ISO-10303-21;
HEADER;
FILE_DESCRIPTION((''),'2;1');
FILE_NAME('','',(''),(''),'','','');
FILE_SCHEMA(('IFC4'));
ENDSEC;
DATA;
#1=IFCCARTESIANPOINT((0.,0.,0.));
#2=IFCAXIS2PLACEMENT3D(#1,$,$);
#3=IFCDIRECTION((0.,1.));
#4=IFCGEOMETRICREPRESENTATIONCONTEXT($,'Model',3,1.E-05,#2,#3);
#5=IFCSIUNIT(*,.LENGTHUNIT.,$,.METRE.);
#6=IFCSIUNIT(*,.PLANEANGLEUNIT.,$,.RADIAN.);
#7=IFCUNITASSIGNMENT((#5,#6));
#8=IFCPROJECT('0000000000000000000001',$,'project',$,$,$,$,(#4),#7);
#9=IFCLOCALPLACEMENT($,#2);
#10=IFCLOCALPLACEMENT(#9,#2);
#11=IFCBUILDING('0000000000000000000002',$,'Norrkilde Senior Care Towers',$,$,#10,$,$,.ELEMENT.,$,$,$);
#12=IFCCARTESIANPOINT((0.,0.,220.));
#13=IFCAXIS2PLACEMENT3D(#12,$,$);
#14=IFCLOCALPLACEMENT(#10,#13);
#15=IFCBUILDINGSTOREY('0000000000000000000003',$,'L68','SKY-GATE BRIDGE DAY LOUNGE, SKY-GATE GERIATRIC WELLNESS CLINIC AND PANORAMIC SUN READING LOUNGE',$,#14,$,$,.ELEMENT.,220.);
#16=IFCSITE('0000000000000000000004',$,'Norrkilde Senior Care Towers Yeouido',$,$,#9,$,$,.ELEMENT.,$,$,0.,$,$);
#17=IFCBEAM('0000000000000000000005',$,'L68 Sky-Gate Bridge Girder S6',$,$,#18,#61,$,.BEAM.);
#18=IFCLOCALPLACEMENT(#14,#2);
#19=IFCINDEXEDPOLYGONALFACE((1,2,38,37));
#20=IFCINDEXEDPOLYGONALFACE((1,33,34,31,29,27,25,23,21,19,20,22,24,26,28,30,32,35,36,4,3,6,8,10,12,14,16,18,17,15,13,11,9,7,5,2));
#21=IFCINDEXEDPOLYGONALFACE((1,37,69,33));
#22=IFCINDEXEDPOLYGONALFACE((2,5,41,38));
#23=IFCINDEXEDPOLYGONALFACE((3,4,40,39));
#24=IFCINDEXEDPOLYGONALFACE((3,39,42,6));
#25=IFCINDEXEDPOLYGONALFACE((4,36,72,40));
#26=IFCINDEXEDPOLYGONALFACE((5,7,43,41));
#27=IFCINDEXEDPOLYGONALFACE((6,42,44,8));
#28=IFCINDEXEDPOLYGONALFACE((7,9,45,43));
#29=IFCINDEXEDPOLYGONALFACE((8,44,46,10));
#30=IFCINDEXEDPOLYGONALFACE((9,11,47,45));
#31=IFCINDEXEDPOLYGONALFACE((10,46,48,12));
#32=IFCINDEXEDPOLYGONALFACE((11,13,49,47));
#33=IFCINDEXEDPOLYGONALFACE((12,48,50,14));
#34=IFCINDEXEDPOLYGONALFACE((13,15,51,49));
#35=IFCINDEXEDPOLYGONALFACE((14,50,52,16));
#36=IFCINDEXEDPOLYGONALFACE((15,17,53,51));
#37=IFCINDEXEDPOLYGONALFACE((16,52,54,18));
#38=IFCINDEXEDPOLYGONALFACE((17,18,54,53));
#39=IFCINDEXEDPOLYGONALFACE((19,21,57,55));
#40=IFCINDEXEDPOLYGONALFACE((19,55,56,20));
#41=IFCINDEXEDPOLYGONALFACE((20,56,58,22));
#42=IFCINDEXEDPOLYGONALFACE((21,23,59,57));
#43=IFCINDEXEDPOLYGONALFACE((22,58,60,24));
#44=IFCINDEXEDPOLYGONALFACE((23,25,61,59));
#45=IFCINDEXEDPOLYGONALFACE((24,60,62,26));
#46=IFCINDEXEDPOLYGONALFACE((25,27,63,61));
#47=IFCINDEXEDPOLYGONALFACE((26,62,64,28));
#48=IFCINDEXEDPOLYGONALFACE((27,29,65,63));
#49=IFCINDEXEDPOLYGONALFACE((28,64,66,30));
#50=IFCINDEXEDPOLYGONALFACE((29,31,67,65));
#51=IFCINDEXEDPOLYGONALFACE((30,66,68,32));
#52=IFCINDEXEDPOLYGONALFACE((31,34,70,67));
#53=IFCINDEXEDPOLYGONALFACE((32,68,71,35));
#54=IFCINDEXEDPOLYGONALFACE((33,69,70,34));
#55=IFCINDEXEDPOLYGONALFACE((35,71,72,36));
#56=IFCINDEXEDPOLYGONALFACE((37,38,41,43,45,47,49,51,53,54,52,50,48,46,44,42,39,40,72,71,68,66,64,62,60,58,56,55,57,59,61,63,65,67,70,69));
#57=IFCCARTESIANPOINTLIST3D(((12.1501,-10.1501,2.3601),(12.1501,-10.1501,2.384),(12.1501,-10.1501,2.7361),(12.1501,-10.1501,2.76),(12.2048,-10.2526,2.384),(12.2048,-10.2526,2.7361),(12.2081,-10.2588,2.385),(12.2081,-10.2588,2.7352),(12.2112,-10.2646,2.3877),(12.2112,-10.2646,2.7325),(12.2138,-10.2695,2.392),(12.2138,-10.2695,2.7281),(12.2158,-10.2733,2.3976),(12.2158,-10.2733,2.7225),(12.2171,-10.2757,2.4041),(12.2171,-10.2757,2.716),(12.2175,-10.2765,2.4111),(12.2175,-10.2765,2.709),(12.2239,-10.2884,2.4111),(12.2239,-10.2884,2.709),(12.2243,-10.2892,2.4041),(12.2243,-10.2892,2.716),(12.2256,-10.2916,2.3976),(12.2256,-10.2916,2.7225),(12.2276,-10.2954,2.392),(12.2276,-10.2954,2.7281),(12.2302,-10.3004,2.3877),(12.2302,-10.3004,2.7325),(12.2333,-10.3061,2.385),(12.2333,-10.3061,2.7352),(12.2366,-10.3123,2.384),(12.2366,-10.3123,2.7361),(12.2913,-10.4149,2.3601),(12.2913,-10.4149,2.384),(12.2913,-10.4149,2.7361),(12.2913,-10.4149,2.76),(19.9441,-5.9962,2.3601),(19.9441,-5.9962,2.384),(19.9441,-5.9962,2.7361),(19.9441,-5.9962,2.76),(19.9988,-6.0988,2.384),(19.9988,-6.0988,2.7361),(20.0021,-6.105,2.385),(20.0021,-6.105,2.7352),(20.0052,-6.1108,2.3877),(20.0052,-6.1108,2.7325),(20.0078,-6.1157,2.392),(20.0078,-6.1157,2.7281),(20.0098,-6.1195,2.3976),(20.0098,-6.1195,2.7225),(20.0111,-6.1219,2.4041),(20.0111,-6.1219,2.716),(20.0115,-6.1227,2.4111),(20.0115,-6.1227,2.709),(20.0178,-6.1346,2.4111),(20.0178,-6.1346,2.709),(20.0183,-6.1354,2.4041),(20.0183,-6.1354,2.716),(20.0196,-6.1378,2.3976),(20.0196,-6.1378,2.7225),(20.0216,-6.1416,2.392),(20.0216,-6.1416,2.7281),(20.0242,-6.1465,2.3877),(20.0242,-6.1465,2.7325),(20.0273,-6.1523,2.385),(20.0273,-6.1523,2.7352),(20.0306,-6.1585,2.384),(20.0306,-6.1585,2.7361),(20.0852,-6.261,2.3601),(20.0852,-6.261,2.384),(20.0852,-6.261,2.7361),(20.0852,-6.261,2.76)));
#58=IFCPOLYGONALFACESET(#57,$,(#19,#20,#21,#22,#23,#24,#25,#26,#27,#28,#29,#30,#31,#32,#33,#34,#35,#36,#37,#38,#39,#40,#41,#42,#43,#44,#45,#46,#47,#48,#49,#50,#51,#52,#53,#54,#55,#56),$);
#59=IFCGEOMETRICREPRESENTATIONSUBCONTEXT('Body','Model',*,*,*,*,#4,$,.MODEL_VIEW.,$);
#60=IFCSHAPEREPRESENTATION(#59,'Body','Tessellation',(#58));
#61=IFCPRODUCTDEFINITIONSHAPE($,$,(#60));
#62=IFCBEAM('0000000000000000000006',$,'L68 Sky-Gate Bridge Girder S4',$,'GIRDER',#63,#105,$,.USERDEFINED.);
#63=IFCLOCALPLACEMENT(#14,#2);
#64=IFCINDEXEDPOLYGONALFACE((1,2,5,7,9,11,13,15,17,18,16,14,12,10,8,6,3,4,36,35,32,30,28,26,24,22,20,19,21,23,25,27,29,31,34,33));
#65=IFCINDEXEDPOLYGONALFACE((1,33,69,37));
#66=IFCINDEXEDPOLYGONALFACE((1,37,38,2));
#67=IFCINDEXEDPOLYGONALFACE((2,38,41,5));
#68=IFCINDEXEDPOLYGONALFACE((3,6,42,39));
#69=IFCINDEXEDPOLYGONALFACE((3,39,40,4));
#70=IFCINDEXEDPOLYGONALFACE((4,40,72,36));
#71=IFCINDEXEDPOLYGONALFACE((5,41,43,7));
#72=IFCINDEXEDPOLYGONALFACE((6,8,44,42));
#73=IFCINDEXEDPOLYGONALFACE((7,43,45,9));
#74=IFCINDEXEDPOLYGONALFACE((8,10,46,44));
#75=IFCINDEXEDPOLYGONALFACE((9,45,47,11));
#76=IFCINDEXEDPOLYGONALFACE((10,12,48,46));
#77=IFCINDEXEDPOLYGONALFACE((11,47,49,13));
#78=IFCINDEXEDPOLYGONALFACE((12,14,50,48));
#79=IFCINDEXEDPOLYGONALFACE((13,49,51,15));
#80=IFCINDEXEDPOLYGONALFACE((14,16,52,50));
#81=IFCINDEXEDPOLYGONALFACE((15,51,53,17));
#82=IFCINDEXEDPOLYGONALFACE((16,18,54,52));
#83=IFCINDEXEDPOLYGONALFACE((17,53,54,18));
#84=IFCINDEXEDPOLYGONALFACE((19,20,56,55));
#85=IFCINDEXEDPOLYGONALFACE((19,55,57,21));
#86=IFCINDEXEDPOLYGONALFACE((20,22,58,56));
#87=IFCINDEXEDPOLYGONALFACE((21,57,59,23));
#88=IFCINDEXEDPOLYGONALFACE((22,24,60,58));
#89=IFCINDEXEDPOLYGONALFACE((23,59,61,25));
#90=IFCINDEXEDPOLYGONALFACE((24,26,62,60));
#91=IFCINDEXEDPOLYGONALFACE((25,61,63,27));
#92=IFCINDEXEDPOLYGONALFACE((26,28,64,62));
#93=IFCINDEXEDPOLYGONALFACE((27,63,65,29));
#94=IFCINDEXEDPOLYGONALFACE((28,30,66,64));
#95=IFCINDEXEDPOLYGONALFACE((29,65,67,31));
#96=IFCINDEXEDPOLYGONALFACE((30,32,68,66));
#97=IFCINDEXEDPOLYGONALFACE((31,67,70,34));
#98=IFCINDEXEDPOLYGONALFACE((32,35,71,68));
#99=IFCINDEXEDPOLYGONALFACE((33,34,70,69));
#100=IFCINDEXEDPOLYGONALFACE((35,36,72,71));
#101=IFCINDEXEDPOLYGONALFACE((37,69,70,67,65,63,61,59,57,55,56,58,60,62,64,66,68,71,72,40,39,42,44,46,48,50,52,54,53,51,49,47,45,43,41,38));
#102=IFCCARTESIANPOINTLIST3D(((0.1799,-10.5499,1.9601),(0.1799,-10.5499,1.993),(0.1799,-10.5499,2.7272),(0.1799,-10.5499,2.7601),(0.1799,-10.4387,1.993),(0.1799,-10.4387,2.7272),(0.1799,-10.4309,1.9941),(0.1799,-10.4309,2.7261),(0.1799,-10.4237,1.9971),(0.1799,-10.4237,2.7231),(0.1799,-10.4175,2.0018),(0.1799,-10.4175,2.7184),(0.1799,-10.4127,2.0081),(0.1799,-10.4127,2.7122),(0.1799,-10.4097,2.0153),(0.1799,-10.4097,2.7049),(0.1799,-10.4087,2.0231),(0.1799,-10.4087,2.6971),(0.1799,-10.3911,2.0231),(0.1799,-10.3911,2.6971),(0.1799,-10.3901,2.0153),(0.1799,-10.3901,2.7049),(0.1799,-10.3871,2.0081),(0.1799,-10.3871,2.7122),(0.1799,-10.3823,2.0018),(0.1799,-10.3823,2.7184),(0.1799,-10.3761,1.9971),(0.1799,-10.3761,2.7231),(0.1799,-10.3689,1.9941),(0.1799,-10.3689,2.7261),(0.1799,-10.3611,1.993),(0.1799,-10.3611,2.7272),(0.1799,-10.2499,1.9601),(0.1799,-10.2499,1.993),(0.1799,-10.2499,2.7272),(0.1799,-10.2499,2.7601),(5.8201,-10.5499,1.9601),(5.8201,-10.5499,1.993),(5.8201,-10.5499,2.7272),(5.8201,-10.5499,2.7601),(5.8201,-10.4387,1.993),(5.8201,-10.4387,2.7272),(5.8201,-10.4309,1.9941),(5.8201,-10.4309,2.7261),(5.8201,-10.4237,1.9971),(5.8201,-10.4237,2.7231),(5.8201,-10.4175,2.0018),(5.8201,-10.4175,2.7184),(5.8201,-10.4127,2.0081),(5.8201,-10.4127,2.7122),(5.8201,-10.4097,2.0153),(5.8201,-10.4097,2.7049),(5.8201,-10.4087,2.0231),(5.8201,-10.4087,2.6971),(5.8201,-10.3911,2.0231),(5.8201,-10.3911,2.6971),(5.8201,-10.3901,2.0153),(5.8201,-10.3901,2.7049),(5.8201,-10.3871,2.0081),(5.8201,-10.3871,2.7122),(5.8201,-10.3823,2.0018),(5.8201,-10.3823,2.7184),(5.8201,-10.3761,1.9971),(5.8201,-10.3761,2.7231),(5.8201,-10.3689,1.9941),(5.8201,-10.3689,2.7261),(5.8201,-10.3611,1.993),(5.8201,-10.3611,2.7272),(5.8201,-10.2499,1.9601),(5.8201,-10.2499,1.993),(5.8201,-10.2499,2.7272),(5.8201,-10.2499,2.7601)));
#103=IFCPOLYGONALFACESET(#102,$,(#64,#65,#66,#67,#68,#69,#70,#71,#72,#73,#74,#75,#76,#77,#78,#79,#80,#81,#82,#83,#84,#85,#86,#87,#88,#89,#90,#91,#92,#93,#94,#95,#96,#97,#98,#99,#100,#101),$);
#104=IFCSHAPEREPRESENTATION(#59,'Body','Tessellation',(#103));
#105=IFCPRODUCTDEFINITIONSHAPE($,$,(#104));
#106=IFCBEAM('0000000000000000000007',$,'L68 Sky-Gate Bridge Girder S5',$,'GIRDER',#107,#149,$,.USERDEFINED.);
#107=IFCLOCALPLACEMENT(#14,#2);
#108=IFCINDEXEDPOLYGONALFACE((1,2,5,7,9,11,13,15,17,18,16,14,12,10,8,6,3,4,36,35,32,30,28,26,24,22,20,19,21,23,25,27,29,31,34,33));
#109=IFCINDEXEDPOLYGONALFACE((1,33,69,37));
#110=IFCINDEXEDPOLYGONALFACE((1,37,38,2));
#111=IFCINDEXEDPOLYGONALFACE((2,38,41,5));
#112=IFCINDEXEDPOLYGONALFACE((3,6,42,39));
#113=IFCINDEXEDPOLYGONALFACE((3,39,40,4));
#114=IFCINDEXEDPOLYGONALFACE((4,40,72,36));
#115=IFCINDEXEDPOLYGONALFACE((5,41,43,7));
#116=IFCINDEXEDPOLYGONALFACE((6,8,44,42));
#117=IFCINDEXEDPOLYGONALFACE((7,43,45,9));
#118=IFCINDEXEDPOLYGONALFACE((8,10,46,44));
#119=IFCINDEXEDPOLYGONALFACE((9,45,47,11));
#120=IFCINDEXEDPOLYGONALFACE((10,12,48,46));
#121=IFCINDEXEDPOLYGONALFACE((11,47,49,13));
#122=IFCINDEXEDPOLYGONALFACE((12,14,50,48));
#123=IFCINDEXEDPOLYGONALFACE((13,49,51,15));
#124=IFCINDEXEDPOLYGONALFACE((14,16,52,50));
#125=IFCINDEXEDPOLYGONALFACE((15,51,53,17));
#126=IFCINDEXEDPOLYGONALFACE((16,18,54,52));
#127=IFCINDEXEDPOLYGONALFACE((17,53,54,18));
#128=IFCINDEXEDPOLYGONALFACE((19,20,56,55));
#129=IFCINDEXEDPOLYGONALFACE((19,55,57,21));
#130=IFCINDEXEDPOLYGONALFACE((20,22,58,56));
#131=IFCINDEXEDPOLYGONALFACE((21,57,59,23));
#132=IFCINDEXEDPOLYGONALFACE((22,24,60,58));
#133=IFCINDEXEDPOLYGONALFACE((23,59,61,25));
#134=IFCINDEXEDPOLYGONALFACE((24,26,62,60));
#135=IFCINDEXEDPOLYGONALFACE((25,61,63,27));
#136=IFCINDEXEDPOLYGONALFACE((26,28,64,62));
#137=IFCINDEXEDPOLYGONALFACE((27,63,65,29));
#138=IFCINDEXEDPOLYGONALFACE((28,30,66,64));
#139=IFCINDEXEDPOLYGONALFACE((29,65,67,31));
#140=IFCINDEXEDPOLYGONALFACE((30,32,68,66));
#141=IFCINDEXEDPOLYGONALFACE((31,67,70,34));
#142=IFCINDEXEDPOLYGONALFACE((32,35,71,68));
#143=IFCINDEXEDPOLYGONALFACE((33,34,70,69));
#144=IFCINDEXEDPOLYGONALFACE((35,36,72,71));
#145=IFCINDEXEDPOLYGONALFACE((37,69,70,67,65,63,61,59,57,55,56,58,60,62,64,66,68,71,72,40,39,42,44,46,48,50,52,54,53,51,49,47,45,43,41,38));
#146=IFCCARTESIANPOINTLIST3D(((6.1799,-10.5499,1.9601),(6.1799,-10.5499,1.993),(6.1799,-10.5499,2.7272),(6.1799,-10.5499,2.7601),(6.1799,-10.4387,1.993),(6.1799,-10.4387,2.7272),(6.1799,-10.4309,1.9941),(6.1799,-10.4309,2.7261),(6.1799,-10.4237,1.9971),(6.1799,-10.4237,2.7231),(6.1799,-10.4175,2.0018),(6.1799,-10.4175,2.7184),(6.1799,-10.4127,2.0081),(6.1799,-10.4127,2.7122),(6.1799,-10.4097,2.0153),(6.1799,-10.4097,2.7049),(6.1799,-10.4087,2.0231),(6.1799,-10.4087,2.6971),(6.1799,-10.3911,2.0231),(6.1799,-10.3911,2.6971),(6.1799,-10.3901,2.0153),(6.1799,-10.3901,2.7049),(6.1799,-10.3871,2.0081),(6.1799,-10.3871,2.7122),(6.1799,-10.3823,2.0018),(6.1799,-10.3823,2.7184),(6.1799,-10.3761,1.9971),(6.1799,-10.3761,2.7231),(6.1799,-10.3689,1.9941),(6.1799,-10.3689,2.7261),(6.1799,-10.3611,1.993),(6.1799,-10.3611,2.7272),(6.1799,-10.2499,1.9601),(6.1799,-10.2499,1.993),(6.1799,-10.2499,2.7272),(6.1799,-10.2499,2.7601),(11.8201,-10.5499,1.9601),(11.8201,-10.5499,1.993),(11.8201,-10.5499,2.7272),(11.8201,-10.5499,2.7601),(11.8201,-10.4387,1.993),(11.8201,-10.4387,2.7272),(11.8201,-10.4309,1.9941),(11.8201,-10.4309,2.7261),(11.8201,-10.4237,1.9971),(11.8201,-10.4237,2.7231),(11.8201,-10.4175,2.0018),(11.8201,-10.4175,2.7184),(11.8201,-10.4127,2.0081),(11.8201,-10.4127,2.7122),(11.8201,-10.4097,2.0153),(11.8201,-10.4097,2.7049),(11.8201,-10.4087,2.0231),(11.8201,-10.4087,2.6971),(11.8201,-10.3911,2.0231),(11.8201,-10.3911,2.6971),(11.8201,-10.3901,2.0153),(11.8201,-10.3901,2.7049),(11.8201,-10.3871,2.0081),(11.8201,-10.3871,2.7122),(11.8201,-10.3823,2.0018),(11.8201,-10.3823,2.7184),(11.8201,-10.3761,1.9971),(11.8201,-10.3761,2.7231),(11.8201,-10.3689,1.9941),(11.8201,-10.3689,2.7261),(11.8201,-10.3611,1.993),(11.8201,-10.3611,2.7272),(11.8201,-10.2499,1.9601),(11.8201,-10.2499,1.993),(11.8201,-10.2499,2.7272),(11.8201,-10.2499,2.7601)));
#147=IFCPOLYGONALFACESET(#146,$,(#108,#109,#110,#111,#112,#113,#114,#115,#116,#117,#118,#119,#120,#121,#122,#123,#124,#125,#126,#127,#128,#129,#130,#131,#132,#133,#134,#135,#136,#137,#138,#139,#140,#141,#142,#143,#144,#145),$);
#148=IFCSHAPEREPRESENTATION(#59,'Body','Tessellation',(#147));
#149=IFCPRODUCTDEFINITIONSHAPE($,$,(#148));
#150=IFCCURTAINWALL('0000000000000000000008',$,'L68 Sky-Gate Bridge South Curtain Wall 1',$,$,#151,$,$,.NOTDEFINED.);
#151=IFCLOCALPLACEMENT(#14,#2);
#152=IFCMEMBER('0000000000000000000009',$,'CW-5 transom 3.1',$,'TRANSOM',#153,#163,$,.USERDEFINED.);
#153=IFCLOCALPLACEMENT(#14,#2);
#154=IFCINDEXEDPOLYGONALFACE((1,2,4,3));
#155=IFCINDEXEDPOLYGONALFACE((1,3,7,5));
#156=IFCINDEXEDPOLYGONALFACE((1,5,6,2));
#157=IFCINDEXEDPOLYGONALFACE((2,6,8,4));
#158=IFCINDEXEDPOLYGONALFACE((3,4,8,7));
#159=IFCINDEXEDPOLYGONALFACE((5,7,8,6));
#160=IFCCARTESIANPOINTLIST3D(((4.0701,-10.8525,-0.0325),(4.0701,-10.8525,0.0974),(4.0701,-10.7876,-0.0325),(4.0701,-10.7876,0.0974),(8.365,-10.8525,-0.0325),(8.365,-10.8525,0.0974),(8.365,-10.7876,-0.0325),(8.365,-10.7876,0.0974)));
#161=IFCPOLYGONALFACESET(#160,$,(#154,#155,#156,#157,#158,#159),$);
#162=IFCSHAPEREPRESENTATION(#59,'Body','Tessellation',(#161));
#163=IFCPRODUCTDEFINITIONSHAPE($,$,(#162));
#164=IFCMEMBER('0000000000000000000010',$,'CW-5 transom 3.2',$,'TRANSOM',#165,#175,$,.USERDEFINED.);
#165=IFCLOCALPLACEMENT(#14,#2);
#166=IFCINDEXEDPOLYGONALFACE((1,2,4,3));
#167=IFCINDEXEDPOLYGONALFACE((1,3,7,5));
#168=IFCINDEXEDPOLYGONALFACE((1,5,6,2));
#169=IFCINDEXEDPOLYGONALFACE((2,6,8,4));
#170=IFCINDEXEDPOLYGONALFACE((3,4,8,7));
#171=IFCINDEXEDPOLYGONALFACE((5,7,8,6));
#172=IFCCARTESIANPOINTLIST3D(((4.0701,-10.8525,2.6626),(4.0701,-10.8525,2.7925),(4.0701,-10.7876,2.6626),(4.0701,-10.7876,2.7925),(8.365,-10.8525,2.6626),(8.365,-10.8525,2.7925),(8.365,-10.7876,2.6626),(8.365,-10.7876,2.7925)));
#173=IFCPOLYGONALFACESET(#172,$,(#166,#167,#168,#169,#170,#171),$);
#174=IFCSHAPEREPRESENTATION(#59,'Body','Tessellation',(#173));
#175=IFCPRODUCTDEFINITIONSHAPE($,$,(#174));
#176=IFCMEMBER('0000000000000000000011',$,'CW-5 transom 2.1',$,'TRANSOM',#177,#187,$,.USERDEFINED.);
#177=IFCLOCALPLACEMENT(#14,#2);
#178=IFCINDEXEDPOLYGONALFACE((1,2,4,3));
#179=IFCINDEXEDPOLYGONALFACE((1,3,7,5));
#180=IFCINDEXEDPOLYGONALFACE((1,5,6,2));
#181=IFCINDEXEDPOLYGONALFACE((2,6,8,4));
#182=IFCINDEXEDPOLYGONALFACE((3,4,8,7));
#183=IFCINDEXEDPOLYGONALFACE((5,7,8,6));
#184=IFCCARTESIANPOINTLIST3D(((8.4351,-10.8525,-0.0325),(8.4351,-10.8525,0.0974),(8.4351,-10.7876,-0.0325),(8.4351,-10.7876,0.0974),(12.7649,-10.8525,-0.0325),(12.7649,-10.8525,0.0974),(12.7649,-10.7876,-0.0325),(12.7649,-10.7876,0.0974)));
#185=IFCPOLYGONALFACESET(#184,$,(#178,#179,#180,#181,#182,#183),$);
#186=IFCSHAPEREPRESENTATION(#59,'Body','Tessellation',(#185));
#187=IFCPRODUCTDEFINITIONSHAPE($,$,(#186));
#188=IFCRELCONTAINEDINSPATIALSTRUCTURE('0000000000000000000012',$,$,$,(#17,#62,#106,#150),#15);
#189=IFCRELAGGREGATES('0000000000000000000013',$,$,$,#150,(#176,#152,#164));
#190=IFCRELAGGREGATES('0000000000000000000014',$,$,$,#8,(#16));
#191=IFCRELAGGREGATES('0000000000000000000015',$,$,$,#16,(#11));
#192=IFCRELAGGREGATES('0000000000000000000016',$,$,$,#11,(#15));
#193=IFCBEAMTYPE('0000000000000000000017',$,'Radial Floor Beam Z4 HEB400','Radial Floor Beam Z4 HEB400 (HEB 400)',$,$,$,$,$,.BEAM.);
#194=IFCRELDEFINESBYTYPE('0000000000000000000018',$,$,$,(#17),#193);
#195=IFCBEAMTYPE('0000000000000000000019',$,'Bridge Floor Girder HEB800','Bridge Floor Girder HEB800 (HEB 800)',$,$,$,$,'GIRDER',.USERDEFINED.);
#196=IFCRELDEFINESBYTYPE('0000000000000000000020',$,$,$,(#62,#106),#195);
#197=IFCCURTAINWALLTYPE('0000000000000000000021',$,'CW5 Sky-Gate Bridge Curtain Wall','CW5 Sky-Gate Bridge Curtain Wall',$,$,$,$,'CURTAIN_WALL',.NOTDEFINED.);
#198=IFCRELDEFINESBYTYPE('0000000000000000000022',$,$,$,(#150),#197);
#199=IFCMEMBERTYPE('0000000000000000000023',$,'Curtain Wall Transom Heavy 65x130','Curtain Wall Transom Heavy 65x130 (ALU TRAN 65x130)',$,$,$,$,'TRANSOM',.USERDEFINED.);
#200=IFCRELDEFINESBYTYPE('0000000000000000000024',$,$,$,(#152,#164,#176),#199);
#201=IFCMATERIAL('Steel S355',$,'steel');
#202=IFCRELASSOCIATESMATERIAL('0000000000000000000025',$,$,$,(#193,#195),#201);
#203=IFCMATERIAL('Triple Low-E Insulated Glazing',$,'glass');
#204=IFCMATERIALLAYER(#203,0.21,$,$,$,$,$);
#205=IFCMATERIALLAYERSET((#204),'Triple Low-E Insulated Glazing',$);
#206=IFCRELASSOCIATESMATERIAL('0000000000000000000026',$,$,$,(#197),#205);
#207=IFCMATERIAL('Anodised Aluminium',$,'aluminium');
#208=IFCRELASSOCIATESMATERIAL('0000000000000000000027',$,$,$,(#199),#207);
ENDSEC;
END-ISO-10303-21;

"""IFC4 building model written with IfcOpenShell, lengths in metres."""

from ifc_helpers import new_model, si_unit, direction, frame, origin, origin_2d, place, context, subcontext, project, spatial, rectangle, i_section, extrude, source, transform, mapped, material, layer, layer_set, material_profile, profile_set, type_object, type_shapes, element, aggregate, save


model = new_model("IFC4")

# Units and contexts
model_context = context("Model", 3, precision=1e-05, world=origin(), true_north=direction((0.0, 1.0)))
body_context = subcontext(model_context, "Body", "Model", "MODEL_VIEW")
ifc_project = project(units=[si_unit("LENGTHUNIT", "METRE"), si_unit("PLANEANGLEUNIT", "RADIAN")], contexts=[model_context])

# Site, building, storey
site_placement = place(None, origin())
site = spatial("IfcSite", under=ifc_project, at=site_placement, Name="Norrkilde Senior Care Towers Yeouido", CompositionType="ELEMENT", RefElevation=0.0)
building_placement = place(site_placement, origin())
building = spatial("IfcBuilding", under=site, at=building_placement, Name="Norrkilde Senior Care Towers", CompositionType="ELEMENT")
storey_placement = place(building_placement, frame((0.0, 0.0, 220.0)))
storey = spatial("IfcBuildingStorey", under=building, at=storey_placement, Name="L68", Description="SKY-GATE BRIDGE DAY LOUNGE, SKY-GATE GERIATRIC WELLNESS CLINIC AND PANORAMIC SUN READING LOUNGE", CompositionType="ELEMENT", Elevation=220.0)

# Shared definitions
ifc_material_1 = material(Name="Steel S355", Category="steel")

# Beams
ifc_material_profile_1 = material_profile(ifc_material_1, i_section(OverallWidth=0.3, OverallDepth=0.3999, WebThickness=0.0134, FlangeThickness=0.0239, FilletRadius=0.0271, at=origin_2d()), Name="HEB 400")
ifc_profile_set_1 = profile_set([ifc_material_profile_1], Name="Steel S355")
beam_type_1 = type_object("IfcBeamType", Name="Radial Floor Beam Z4 HEB400", Description="Radial Floor Beam Z4 HEB400 (HEB 400)", PredefinedType="BEAM", material=ifc_profile_set_1)
shared_shape_1 = source(origin(), body_context, "Body", "SweptSolid", [
    extrude(i_section(OverallWidth=0.3, OverallDepth=0.3999, WebThickness=0.0134, FlangeThickness=0.0239, FilletRadius=0.0271, at=origin_2d()), origin(), (0.0, 0.0, 1.0), 8.8318),
])
type_shapes(beam_type_1, [shared_shape_1])
beam_1_placement = place(storey_placement, frame((12.2207, -10.2825, 2.5601), z_axis=(0.882492, 0.470327, 0.0), x_axis=(-0.470327, 0.882492, 0.0)))
element("IfcBeam", 1, at=beam_1_placement, inside=storey, type_object=beam_type_1, Name="L68 Sky-Gate Bridge Girder S6", PredefinedType="BEAM", context=body_context, shape_type="MappedRepresentation", body=[
    mapped(shared_shape_1, transform((0.0, 0.0, 0.0), x_axis=(1.0, 0.0, 0.0), y_axis=(0.0, 1.0, 0.0), z_axis=(0.0, 0.0, 1.0), scale=1.0)),
])
ifc_material_profile_2 = material_profile(ifc_material_1, i_section(OverallWidth=0.3, OverallDepth=0.8, WebThickness=0.0176, FlangeThickness=0.033, FilletRadius=0.03, at=origin_2d()), Name="HEB 800")
ifc_profile_set_2 = profile_set([ifc_material_profile_2], Name="Steel S355")
beam_type_2 = type_object("IfcBeamType", Name="Bridge Floor Girder HEB800", Description="Bridge Floor Girder HEB800 (HEB 800)", ElementType="GIRDER", PredefinedType="USERDEFINED", material=ifc_profile_set_2)
shared_shape_2 = source(origin(), body_context, "Body", "SweptSolid", [
    extrude(i_section(OverallWidth=0.3, OverallDepth=0.8, WebThickness=0.0176, FlangeThickness=0.033, FilletRadius=0.03, at=origin_2d()), origin(), (0.0, 0.0, 1.0), 5.6401),
])
type_shapes(beam_type_2, [shared_shape_2])
for number, where, z_axis, x_axis, name in (
    (2, (0.1799, -10.3999, 2.3601), (1.0, 0.0, 0.0), (0.0, 1.0, 0.0), "L68 Sky-Gate Bridge Girder S4"),
    (3, (6.1799, -10.3999, 2.3601), (1.0, 0.0, 0.0), (0.0, 1.0, 0.0), "L68 Sky-Gate Bridge Girder S5"),
):
    element("IfcBeam", number, at=place(storey_placement, frame(where, z_axis=z_axis, x_axis=x_axis)), inside=storey, type_object=beam_type_2, Name=name, ObjectType="GIRDER", PredefinedType="USERDEFINED", context=body_context, shape_type="MappedRepresentation", body=[
        mapped(shared_shape_2, transform((0.0, 0.0, 0.0), x_axis=(1.0, 0.0, 0.0), y_axis=(0.0, 1.0, 0.0), z_axis=(0.0, 0.0, 1.0), scale=1.0)),
    ])

# Curtain wall, members
ifc_material_2 = material(Name="Triple Low-E Insulated Glazing", Category="glass")
ifc_layer_1 = layer(ifc_material_2, 0.21)
ifc_layer_set_1 = layer_set([ifc_layer_1], Name="Triple Low-E Insulated Glazing")
curtain_wall_type = type_object("IfcCurtainWallType", Name="CW5 Sky-Gate Bridge Curtain Wall", Description="CW5 Sky-Gate Bridge Curtain Wall", ElementType="CURTAIN_WALL", PredefinedType="NOTDEFINED", material=ifc_layer_set_1)
curtain_wall_1_placement = place(storey_placement, origin())
curtain_wall_1 = element("IfcCurtainWall", 4, at=curtain_wall_1_placement, inside=storey, type_object=curtain_wall_type, Name="L68 Sky-Gate Bridge South Curtain Wall 1", PredefinedType="NOTDEFINED")
ifc_material_3 = material(Name="Anodised Aluminium", Category="aluminium")
ifc_material_profile_3 = material_profile(ifc_material_3, rectangle(XDim=0.0649, YDim=0.1299, at=origin_2d()), Name="ALU TRAN 65x130")
ifc_profile_set_3 = profile_set([ifc_material_profile_3], Name="Anodised Aluminium")
member_type_1 = type_object("IfcMemberType", Name="Curtain Wall Transom Heavy 65x130", Description="Curtain Wall Transom Heavy 65x130 (ALU TRAN 65x130)", ElementType="TRANSOM", PredefinedType="USERDEFINED", material=ifc_profile_set_3)
shared_shape_3 = source(origin(), body_context, "Body", "SweptSolid", [
    extrude(rectangle(XDim=0.0649, YDim=0.1299, at=origin_2d()), origin(), (0.0, 0.0, 1.0), 4.2949),
])
member_1_placement = place(storey_placement, frame((8.365, -10.8201, 0.0325), z_axis=(-1.0, 0.0, 0.0), x_axis=(0.0, -1.0, 0.0)))
member_1 = element("IfcMember", 5, at=member_1_placement, type_object=member_type_1, Name="CW-5 transom 3.1", ObjectType="TRANSOM", PredefinedType="USERDEFINED", context=body_context, shape_type="MappedRepresentation", body=[
    mapped(shared_shape_3, transform((0.0, 0.0, 0.0), x_axis=(1.0, 0.0, 0.0), y_axis=(0.0, 1.0, 0.0), z_axis=(0.0, 0.0, 1.0), scale=1.0)),
])
member_2_placement = place(storey_placement, frame((8.365, -10.8201, 2.7275), z_axis=(-1.0, 0.0, 0.0), x_axis=(0.0, -1.0, 0.0)))
member_2 = element("IfcMember", 6, at=member_2_placement, type_object=member_type_1, Name="CW-5 transom 3.2", ObjectType="TRANSOM", PredefinedType="USERDEFINED", context=body_context, shape_type="MappedRepresentation", body=[
    mapped(shared_shape_3, transform((0.0, 0.0, 0.0), x_axis=(1.0, 0.0, 0.0), y_axis=(0.0, 1.0, 0.0), z_axis=(0.0, 0.0, 1.0), scale=1.0)),
])
shared_shape_4 = source(origin(), body_context, "Body", "SweptSolid", [
    extrude(rectangle(XDim=0.0649, YDim=0.1299, at=origin_2d()), origin(), (0.0, 0.0, 1.0), 4.3298),
])
member_3_placement = place(storey_placement, frame((12.7649, -10.8201, 0.0325), z_axis=(-1.0, 0.0, 0.0), x_axis=(0.0, -1.0, 0.0)))
member_3 = element("IfcMember", 7, at=member_3_placement, type_object=member_type_1, Name="CW-5 transom 2.1", ObjectType="TRANSOM", PredefinedType="USERDEFINED", context=body_context, shape_type="MappedRepresentation", body=[
    mapped(shared_shape_4, transform((0.0, 0.0, 0.0), x_axis=(1.0, 0.0, 0.0), y_axis=(0.0, 1.0, 0.0), z_axis=(0.0, 0.0, 1.0), scale=1.0)),
])

aggregate(curtain_wall_1, [member_3, member_1, member_2])

save(model, "model.ifc")
